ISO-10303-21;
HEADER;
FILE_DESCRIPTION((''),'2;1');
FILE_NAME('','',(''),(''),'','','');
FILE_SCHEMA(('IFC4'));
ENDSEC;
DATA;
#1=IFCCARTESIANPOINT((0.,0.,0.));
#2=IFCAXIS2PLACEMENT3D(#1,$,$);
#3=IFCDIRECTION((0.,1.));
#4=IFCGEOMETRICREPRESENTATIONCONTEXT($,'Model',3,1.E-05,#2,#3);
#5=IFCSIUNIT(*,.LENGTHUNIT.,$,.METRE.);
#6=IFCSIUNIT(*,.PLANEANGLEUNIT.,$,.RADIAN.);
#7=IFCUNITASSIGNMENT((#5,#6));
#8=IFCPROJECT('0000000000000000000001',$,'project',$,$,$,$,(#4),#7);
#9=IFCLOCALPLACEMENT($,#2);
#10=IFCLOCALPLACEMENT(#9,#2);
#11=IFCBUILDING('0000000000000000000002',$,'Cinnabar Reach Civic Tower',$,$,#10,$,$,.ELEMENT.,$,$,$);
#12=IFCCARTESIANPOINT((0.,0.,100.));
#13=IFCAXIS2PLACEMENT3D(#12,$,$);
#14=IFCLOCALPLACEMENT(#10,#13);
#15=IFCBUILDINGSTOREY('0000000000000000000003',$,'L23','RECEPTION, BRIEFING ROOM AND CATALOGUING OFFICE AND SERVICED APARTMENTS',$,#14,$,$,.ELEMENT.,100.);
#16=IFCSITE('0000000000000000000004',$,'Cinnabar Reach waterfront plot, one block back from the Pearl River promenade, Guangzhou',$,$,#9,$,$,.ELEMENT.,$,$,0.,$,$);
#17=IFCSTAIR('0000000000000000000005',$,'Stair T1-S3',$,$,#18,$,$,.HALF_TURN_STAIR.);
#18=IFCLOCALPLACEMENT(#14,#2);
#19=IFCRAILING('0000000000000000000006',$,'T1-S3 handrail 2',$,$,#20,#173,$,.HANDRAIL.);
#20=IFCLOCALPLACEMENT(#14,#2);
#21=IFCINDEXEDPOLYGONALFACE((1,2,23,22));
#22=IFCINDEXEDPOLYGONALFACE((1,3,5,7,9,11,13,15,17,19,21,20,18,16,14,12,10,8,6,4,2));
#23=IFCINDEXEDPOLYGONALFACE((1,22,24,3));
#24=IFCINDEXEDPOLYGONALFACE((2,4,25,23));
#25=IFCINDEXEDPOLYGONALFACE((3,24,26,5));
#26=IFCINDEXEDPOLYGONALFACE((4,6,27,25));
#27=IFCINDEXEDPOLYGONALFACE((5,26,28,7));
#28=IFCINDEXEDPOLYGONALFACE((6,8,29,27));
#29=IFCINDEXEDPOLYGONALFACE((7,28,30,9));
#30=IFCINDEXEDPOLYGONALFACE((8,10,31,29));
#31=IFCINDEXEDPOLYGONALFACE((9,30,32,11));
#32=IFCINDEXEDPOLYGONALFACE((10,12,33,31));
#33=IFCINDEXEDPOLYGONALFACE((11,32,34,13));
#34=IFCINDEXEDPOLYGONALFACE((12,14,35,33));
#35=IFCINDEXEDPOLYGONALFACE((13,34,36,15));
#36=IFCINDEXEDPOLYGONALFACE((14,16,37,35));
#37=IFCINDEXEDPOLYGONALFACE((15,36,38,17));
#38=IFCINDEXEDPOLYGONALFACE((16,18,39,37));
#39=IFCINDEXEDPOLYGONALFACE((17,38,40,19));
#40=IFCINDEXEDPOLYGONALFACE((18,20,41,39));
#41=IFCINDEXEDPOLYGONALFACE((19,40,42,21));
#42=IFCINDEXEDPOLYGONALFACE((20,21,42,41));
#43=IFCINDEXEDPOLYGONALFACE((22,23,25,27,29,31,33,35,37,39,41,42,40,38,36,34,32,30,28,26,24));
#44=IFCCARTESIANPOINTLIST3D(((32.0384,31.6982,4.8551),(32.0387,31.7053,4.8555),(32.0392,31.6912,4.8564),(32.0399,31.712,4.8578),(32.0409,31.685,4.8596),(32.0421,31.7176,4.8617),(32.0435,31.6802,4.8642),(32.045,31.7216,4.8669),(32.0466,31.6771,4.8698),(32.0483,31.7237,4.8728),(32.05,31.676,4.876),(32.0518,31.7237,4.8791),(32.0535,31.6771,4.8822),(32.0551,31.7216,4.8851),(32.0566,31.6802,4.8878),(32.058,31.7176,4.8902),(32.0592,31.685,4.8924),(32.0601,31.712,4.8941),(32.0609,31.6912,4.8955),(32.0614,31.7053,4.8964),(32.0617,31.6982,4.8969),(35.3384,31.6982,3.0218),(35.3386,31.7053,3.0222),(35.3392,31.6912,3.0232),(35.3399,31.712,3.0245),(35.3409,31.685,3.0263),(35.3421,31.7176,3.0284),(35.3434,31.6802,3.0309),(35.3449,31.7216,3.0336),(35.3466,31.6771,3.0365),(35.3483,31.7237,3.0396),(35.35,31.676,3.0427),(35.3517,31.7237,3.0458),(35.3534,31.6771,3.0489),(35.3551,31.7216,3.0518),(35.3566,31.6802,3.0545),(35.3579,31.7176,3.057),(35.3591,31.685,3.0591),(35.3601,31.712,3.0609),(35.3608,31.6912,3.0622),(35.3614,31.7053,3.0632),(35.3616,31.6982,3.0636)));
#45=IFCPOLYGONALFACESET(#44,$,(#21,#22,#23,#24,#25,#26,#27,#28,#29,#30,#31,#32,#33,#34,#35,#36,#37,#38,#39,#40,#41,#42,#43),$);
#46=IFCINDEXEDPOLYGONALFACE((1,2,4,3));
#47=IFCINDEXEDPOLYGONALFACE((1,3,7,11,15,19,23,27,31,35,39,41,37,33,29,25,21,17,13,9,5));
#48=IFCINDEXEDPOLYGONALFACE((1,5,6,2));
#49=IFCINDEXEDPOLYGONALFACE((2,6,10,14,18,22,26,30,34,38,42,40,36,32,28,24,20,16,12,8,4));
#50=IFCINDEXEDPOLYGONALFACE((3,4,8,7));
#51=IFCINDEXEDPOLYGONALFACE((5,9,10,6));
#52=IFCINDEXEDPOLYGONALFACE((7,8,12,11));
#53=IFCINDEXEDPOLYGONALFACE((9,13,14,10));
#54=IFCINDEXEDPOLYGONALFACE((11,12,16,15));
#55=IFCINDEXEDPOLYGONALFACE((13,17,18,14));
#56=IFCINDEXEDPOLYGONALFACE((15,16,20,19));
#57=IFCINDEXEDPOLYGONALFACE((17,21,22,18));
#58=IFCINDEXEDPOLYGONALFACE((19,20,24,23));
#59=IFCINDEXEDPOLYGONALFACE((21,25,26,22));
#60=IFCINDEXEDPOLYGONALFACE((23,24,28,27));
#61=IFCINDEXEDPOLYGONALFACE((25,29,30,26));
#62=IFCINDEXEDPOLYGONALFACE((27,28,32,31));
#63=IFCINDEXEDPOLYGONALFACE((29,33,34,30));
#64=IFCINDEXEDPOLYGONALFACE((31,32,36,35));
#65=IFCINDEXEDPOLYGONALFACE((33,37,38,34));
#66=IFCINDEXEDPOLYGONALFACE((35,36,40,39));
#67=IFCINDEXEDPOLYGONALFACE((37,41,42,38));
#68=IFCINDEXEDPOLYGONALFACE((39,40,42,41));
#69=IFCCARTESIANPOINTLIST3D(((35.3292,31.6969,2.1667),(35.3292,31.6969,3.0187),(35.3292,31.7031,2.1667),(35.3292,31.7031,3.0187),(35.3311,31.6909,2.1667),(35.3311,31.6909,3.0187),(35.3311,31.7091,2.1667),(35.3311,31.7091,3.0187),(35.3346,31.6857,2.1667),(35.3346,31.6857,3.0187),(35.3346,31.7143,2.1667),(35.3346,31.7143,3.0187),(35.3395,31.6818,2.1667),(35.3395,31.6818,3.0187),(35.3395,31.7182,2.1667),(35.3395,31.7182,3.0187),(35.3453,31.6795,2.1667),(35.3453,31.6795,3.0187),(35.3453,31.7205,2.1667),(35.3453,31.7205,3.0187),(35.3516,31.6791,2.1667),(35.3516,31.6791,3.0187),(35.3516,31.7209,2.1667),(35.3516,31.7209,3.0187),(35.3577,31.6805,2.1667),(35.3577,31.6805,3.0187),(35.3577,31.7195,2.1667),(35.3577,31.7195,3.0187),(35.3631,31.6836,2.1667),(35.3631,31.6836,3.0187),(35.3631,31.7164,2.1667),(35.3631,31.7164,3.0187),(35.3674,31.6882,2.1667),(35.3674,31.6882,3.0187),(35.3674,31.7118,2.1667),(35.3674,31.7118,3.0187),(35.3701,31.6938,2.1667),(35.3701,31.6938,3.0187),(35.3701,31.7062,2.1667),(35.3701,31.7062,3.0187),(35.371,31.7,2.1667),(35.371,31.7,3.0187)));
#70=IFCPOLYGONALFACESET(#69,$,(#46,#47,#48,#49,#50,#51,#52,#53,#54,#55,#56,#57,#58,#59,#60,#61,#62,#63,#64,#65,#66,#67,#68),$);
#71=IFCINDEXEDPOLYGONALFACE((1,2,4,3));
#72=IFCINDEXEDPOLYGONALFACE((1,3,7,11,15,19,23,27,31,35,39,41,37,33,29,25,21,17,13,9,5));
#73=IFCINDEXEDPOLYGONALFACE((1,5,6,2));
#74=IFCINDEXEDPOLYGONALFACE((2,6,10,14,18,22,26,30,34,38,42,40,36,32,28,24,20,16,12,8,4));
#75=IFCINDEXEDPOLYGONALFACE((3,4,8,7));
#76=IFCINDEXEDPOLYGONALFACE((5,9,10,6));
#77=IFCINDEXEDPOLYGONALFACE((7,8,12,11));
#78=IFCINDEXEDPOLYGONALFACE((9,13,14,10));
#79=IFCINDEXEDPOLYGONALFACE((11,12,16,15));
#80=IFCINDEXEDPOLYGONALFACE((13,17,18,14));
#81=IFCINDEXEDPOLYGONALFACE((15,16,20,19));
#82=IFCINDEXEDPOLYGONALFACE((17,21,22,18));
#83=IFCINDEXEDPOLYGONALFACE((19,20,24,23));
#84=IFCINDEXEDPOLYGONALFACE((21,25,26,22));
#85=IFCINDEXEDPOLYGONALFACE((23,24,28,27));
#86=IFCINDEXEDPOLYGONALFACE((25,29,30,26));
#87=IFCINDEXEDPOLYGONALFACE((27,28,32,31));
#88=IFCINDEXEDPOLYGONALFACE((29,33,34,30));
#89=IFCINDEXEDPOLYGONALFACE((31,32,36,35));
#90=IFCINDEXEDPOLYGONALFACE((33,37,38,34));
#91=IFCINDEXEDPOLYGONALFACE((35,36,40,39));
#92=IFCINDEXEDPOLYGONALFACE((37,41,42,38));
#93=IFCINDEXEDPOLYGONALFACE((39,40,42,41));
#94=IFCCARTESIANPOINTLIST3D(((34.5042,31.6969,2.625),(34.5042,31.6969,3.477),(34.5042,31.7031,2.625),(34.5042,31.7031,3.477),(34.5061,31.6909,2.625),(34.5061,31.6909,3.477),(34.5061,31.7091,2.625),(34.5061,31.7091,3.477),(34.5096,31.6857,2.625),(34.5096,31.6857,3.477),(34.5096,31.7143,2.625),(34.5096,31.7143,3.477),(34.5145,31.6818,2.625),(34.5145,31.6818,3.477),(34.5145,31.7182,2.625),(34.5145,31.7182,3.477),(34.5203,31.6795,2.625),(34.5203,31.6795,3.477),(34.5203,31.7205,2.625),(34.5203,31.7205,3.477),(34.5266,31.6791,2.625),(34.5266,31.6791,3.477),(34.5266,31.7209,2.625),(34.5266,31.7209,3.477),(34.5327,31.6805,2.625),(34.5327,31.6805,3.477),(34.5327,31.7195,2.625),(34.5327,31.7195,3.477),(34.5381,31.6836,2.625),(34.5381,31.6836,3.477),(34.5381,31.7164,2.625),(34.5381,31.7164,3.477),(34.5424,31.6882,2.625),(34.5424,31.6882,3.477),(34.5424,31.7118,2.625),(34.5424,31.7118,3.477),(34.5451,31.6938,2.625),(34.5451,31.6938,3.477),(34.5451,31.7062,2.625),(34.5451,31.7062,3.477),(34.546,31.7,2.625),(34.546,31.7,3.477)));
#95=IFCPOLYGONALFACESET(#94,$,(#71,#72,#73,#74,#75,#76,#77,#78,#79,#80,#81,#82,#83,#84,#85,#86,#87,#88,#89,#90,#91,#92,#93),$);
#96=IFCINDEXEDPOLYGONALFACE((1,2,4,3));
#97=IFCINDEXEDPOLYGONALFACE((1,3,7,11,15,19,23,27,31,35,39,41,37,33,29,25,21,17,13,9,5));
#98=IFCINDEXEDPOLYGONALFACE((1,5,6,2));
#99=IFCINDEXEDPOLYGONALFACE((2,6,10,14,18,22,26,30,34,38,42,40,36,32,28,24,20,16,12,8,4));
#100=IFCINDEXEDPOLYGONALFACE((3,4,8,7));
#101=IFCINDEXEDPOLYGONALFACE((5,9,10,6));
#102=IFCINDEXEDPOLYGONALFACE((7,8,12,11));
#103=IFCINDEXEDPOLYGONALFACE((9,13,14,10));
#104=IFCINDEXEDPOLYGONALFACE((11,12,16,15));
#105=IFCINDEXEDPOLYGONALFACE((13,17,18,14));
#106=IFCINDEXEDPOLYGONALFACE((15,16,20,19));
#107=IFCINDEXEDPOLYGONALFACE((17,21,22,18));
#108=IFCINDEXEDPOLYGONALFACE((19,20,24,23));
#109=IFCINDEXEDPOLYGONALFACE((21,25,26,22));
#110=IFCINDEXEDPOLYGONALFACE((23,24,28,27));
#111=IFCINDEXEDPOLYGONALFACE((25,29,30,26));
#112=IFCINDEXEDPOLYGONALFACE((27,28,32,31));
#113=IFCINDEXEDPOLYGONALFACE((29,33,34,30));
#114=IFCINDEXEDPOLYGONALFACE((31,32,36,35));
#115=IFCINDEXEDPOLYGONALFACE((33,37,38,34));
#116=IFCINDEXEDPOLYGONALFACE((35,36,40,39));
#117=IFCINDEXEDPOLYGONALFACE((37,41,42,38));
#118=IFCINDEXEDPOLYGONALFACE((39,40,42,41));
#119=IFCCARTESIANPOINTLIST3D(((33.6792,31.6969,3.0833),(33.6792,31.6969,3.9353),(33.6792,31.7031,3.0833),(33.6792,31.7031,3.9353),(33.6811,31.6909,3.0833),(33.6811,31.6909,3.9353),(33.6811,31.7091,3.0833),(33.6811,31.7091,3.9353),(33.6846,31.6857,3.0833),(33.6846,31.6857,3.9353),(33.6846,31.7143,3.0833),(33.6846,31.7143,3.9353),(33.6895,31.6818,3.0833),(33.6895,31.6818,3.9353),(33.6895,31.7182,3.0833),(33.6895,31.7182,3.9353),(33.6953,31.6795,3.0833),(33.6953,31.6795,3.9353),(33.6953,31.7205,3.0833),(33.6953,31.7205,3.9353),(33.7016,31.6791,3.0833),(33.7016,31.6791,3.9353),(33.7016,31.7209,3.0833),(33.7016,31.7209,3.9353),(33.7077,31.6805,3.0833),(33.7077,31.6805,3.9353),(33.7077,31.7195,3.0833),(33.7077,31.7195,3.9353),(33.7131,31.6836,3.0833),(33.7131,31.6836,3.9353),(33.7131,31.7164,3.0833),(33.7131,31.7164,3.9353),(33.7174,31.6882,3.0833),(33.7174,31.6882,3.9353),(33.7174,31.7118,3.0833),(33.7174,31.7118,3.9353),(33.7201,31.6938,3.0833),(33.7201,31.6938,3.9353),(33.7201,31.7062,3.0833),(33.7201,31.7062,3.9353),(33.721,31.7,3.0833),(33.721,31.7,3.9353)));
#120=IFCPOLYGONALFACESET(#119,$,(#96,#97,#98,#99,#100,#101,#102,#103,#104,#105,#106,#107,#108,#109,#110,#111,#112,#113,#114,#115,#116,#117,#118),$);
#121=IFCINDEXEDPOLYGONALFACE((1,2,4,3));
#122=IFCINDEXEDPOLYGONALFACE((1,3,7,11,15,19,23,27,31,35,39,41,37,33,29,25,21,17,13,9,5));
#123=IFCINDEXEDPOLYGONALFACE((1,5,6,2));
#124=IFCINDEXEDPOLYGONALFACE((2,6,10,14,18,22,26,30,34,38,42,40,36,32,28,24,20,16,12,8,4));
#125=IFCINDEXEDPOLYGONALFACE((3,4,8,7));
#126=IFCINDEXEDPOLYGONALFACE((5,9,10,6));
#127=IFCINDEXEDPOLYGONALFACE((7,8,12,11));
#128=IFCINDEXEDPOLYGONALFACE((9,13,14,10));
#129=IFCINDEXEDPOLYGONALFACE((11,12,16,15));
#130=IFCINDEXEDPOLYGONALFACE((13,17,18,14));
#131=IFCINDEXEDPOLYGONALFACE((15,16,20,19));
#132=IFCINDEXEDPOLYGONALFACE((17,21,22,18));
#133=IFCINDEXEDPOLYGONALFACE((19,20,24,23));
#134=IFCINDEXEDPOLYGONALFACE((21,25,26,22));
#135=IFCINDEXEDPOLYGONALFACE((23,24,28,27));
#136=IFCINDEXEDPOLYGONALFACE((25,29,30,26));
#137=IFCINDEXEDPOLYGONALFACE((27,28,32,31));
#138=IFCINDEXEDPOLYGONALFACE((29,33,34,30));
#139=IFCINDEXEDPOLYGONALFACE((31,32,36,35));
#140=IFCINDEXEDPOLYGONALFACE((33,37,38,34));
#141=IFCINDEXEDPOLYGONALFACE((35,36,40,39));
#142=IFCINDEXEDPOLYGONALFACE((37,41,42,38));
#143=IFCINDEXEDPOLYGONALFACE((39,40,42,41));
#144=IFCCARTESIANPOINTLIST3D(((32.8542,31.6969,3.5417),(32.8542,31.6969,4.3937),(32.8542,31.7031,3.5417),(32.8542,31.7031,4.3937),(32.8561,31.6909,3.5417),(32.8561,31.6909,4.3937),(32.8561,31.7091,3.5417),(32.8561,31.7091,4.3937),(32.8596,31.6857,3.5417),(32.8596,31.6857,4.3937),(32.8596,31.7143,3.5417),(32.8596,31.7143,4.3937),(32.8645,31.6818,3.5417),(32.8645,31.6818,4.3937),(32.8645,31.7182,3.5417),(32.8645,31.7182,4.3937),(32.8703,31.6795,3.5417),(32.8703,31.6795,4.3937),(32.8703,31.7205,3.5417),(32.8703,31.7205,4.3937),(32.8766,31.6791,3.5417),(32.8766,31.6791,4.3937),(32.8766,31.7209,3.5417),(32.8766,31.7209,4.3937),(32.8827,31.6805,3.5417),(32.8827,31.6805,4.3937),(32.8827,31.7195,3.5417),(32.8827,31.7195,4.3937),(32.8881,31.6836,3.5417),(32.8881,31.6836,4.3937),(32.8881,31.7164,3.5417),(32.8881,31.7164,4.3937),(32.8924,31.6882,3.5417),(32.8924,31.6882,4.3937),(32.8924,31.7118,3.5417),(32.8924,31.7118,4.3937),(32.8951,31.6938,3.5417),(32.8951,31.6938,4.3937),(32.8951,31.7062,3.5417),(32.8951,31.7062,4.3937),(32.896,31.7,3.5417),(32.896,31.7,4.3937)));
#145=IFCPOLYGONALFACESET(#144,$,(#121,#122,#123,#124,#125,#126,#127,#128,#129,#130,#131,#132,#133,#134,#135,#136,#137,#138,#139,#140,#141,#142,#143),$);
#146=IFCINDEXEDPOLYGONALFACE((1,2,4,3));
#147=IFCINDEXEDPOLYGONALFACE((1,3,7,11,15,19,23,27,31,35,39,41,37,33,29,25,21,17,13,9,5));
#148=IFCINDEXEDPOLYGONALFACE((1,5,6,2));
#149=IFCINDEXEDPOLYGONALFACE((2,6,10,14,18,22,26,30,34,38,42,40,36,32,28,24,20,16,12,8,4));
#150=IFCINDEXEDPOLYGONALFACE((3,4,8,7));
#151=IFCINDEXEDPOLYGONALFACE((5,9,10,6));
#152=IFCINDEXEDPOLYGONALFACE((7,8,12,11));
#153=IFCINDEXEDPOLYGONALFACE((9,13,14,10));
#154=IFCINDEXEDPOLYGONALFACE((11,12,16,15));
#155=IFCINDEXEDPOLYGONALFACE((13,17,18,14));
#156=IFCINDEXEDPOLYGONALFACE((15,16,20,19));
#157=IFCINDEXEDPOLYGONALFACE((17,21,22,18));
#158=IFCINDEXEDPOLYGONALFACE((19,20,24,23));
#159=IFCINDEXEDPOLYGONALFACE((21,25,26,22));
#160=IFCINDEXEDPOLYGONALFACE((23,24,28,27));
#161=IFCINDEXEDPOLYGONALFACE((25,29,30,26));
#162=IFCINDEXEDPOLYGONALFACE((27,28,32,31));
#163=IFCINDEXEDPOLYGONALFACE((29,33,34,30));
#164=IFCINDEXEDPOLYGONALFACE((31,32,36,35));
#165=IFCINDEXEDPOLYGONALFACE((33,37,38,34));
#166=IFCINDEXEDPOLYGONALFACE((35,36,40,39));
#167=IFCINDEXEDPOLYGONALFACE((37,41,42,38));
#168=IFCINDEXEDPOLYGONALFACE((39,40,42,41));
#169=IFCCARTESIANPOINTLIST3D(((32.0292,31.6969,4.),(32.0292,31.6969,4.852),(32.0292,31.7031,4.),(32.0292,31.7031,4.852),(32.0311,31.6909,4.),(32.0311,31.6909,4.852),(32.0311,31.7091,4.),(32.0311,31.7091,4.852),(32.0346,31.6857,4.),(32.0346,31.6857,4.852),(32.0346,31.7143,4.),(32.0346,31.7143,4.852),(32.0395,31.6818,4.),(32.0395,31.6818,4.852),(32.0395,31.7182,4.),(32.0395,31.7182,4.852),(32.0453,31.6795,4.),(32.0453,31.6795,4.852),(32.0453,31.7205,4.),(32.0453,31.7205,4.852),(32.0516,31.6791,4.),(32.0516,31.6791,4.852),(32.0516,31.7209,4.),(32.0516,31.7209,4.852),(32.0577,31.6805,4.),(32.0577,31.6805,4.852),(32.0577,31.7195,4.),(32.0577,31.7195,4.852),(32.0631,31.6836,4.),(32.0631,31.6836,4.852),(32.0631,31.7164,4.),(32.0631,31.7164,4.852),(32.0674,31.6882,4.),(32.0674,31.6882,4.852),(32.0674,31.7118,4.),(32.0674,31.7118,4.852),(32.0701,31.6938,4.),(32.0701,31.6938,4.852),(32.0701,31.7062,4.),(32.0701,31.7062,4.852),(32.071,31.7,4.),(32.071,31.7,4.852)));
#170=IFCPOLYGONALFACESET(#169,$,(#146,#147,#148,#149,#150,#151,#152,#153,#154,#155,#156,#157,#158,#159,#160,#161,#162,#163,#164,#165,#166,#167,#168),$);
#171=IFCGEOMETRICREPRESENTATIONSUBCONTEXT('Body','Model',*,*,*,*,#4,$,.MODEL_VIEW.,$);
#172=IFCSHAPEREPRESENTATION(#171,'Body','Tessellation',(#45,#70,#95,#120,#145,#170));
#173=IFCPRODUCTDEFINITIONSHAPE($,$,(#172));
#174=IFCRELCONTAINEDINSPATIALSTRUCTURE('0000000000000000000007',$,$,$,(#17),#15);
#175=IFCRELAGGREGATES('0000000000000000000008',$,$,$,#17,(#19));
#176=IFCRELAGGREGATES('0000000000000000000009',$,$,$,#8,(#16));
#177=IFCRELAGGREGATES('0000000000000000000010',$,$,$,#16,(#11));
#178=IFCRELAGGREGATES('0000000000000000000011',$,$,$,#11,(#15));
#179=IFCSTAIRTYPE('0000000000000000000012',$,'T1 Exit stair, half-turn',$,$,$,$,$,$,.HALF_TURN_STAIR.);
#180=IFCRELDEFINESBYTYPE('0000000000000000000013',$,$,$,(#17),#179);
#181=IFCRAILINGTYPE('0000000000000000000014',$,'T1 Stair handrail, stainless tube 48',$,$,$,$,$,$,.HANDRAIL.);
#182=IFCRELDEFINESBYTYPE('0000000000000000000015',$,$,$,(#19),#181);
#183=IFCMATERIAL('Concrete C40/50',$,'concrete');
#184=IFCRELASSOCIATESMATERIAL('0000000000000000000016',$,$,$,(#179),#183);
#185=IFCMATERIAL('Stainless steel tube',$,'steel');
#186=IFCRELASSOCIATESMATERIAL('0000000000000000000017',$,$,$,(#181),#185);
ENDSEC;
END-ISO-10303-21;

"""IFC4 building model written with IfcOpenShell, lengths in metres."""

from ifc_helpers import new_model, si_unit, direction, frame, origin, origin_2d, place, context, subcontext, project, spatial, circle, extrude, material, type_object, element, aggregate, save


model = new_model("IFC4")

# Units and contexts
model_context = context("Model", 3, precision=1e-05, world=origin(), true_north=direction((0.0, 1.0)))
body_context = subcontext(model_context, "Body", "Model", "MODEL_VIEW")
ifc_project = project(units=[si_unit("LENGTHUNIT", "METRE"), si_unit("PLANEANGLEUNIT", "RADIAN")], contexts=[model_context])

# Site, building, storey
site_placement = place(None, origin())
site = spatial("IfcSite", under=ifc_project, at=site_placement, Name="Cinnabar Reach waterfront plot, one block back from the Pearl River promenade, Guangzhou", CompositionType="ELEMENT", RefElevation=0.0)
building_placement = place(site_placement, origin())
building = spatial("IfcBuilding", under=site, at=building_placement, Name="Cinnabar Reach Civic Tower", CompositionType="ELEMENT")
storey_placement = place(building_placement, frame((0.0, 0.0, 100.0)))
storey = spatial("IfcBuildingStorey", under=building, at=storey_placement, Name="L23", Description="RECEPTION, BRIEFING ROOM AND CATALOGUING OFFICE AND SERVICED APARTMENTS", CompositionType="ELEMENT", Elevation=100.0)

# Stair, railing
ifc_material_1 = material(Name="Concrete C40/50", Category="concrete")
stair_type = type_object("IfcStairType", Name="T1 Exit stair, half-turn", PredefinedType="HALF_TURN_STAIR", material=ifc_material_1)
stair_placement = place(storey_placement, origin())
stair = element("IfcStair", 1, at=stair_placement, inside=storey, type_object=stair_type, Name="Stair T1-S3", PredefinedType="HALF_TURN_STAIR")
ifc_material_2 = material(Name="Stainless steel tube", Category="steel")
railing_type = type_object("IfcRailingType", Name="T1 Stair handrail, stainless tube 48", PredefinedType="HANDRAIL", material=ifc_material_2)
railing_1_placement = place(storey_placement, frame((35.35, 31.7, 2.1667)))
railing_1 = element("IfcRailing", 2, at=railing_1_placement, type_object=railing_type, Name="T1-S3 handrail 2", PredefinedType="HANDRAIL", context=body_context, shape_type="SweptSolid", body=[
    extrude(circle(Radius=0.024, at=origin_2d()), frame((0.0, 0.0, 0.876), z_axis=(-0.874161, 0.0, 0.485636), x_axis=(0.0, -1.0, 0.0)), (0.0, 0.0, 1.0), 3.775),
    extrude(circle(Radius=0.021, at=origin_2d()), origin(), (0.0, 0.0, 1.0), 0.852),
    extrude(circle(Radius=0.021, at=origin_2d()), frame((-0.825, 0.0, 0.4583)), (0.0, 0.0, 1.0), 0.852),
    extrude(circle(Radius=0.021, at=origin_2d()), frame((-1.65, 0.0, 0.9166)), (0.0, 0.0, 1.0), 0.852),
    extrude(circle(Radius=0.021, at=origin_2d()), frame((-2.475, 0.0, 1.375)), (0.0, 0.0, 1.0), 0.852),
    extrude(circle(Radius=0.021, at=origin_2d()), frame((-3.3, 0.0, 1.8333)), (0.0, 0.0, 1.0), 0.852),
])
aggregate(stair, [railing_1])

save(model, "model.ifc")
